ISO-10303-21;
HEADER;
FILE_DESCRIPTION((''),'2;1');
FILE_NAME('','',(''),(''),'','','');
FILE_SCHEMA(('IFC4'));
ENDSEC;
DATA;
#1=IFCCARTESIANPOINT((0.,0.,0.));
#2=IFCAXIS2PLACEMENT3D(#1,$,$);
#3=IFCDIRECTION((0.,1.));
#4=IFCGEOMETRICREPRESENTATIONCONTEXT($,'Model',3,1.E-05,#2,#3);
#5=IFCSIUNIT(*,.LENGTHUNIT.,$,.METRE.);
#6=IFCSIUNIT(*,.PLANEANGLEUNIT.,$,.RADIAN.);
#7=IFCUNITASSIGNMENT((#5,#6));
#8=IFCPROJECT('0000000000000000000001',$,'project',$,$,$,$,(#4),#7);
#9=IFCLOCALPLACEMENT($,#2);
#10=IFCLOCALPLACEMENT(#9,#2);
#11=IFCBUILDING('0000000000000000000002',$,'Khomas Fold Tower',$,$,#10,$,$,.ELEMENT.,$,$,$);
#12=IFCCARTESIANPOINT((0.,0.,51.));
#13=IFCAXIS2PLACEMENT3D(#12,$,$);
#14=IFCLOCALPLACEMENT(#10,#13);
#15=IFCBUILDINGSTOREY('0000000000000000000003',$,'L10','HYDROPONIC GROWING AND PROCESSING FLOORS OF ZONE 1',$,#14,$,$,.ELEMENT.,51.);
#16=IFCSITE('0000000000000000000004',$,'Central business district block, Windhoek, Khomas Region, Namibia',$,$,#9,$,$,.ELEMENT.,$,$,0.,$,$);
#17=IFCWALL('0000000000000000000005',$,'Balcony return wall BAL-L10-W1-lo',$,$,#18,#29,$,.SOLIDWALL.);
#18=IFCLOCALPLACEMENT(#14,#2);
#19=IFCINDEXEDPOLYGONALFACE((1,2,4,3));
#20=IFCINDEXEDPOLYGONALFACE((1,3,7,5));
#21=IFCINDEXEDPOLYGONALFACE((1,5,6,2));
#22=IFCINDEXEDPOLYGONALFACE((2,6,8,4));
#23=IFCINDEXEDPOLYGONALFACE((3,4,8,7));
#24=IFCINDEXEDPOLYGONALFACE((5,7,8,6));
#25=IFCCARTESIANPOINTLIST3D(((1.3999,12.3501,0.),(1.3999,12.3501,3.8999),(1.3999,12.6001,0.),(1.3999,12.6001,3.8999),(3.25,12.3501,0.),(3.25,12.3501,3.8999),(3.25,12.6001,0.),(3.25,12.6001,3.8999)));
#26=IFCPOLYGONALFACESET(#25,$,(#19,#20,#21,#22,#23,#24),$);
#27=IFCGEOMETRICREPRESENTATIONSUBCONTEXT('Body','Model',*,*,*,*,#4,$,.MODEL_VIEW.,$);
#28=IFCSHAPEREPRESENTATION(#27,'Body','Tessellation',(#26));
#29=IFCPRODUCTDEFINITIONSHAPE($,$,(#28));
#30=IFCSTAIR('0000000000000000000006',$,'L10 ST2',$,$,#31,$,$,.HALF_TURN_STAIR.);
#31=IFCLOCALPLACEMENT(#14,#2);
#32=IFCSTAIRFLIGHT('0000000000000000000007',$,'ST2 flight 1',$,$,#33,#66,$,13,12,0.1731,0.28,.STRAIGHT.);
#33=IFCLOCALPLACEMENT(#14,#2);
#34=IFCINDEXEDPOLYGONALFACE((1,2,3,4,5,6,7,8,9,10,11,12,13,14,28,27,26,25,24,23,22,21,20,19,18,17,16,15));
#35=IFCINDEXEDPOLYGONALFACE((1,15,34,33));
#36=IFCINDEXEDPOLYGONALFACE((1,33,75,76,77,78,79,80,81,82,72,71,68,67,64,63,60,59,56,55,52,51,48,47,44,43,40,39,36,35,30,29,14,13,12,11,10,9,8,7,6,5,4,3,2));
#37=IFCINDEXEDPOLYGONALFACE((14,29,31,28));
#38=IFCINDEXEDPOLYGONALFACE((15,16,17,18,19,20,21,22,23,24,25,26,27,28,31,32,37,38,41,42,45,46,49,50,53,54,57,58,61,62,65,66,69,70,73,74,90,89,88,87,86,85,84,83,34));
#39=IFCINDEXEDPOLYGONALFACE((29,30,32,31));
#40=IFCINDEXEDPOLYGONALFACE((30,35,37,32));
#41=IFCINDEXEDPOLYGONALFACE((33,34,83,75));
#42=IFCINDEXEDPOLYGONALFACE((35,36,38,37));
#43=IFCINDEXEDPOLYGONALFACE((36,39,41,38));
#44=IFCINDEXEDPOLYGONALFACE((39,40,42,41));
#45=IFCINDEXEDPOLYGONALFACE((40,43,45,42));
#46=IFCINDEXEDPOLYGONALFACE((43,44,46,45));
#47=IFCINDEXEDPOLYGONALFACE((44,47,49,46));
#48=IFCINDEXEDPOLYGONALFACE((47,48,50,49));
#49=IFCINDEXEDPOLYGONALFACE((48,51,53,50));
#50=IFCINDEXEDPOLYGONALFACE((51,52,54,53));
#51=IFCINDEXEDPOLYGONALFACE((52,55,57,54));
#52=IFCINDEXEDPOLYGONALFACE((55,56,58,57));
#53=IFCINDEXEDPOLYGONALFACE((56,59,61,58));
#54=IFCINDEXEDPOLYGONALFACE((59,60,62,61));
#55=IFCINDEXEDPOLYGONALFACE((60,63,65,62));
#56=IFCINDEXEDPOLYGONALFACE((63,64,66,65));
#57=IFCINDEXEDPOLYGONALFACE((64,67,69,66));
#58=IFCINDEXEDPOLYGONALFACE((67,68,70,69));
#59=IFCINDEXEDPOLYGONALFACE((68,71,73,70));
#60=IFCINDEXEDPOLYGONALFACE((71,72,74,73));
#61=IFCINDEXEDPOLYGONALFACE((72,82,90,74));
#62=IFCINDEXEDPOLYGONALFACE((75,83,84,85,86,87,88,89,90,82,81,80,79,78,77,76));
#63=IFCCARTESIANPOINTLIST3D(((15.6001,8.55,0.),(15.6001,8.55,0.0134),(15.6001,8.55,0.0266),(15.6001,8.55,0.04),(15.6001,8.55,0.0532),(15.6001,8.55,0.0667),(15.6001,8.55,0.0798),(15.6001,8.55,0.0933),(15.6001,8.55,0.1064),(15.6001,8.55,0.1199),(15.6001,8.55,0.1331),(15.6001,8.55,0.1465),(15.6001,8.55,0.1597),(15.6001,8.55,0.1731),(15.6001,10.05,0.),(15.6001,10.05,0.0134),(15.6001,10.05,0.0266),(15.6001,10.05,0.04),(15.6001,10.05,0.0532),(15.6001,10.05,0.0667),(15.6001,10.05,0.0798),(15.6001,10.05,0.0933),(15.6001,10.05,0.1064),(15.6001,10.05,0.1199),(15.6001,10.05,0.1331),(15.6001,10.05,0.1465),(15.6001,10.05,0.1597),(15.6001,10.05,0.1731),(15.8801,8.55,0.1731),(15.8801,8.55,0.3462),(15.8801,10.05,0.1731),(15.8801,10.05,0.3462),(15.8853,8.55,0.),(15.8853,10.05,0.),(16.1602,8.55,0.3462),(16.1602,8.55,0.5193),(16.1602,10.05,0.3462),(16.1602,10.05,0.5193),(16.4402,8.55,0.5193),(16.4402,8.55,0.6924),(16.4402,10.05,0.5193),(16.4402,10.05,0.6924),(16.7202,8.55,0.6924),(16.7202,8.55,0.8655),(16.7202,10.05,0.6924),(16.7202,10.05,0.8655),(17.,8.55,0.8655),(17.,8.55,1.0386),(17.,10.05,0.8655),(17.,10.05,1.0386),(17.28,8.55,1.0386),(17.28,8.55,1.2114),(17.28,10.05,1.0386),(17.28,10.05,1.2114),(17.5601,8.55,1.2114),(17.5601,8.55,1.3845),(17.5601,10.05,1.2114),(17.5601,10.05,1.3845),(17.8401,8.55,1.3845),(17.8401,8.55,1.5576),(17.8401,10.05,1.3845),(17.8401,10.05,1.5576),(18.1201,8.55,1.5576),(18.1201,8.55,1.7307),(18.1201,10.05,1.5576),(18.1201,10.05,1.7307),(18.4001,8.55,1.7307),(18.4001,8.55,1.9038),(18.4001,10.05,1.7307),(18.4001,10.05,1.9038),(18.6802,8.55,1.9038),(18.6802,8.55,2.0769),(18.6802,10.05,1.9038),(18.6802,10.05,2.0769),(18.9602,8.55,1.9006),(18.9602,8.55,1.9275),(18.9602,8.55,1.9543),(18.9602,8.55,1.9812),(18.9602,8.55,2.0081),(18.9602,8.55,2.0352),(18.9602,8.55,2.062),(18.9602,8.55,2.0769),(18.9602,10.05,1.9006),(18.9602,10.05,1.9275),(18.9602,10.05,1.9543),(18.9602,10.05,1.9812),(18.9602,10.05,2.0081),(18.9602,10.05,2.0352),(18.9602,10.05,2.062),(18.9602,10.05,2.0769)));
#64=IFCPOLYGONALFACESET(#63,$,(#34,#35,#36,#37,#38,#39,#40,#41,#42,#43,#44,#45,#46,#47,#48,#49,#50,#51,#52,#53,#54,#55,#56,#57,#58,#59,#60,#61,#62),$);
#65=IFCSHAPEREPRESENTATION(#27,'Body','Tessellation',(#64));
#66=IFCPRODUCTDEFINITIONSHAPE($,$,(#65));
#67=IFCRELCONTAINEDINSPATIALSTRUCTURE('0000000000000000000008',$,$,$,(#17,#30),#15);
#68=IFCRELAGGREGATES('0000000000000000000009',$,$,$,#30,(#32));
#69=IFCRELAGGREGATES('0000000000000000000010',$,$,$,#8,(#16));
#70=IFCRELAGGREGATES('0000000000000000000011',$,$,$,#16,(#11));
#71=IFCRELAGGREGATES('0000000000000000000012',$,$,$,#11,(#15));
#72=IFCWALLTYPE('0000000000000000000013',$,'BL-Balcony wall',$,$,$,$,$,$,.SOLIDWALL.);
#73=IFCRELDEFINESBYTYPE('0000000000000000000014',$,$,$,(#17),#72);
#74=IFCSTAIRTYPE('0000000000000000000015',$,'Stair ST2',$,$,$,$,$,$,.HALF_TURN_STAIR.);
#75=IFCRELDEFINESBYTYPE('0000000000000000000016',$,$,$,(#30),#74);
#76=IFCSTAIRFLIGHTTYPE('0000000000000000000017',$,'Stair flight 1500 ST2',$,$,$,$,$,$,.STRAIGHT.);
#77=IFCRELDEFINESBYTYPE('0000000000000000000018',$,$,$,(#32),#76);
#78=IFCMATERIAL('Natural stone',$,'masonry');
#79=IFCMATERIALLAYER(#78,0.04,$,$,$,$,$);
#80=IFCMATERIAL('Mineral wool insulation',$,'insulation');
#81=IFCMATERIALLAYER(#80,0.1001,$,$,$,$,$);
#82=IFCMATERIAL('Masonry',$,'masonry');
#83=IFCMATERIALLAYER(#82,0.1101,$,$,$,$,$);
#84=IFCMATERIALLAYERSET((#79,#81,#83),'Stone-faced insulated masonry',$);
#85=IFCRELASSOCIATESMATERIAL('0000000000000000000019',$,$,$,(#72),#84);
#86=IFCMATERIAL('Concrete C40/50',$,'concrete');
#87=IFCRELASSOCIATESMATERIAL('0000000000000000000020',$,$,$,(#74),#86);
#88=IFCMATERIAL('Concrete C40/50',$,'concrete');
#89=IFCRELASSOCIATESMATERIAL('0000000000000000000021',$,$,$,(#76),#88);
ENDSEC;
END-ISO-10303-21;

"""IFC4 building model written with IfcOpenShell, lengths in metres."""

from ifc_helpers import new_model, si_unit, direction, frame, frame_2d, origin, place, context, subcontext, project, spatial, polyline, rectangle, outline, extrude, source, transform, mapped, material, layer, layer_set, type_object, element, aggregate, save


model = new_model("IFC4")

# Units and contexts
model_context = context("Model", 3, precision=1e-05, world=origin(), true_north=direction((0.0, 1.0)))
body_context = subcontext(model_context, "Body", "Model", "MODEL_VIEW")
ifc_project = project(units=[si_unit("LENGTHUNIT", "METRE"), si_unit("PLANEANGLEUNIT", "RADIAN")], contexts=[model_context])

# Site, building, storey
site_placement = place(None, origin())
site = spatial("IfcSite", under=ifc_project, at=site_placement, Name="Central business district block, Windhoek, Khomas Region, Namibia", CompositionType="ELEMENT", RefElevation=0.0)
building_placement = place(site_placement, origin())
building = spatial("IfcBuilding", under=site, at=building_placement, Name="Khomas Fold Tower", CompositionType="ELEMENT")
storey_placement = place(building_placement, frame((0.0, 0.0, 51.0)))
storey = spatial("IfcBuildingStorey", under=building, at=storey_placement, Name="L10", Description="HYDROPONIC GROWING AND PROCESSING FLOORS OF ZONE 1", CompositionType="ELEMENT", Elevation=51.0)

# Wall
ifc_material_1 = material(Name="Natural stone", Category="masonry")
ifc_layer_1 = layer(ifc_material_1, 0.04)
ifc_material_2 = material(Name="Mineral wool insulation", Category="insulation")
ifc_layer_2 = layer(ifc_material_2, 0.1001)
ifc_material_3 = material(Name="Masonry", Category="masonry")
ifc_layer_3 = layer(ifc_material_3, 0.1101)
ifc_layer_set_1 = layer_set([ifc_layer_1, ifc_layer_2, ifc_layer_3], Name="Stone-faced insulated masonry")
wall_type_1 = type_object("IfcWallType", Name="BL-Balcony wall", PredefinedType="SOLIDWALL", material=ifc_layer_set_1)
shared_shape_1 = source(origin(), body_context, "Body", "SweptSolid", [
    extrude(rectangle(XDim=1.8501, YDim=0.25, at=frame_2d((0.925, 0.0))), origin(), (0.0, 0.0, 1.0), 3.8999),
])
wall_1_placement = place(storey_placement, frame((1.3999, 12.4751, 0.0), z_axis=(0.0, 0.0, 1.0), x_axis=(1.0, 0.0, 0.0)))
element("IfcWall", 1, at=wall_1_placement, inside=storey, type_object=wall_type_1, Name="Balcony return wall BAL-L10-W1-lo", PredefinedType="SOLIDWALL", context=body_context, shape_type="MappedRepresentation", body=[
    mapped(shared_shape_1, transform((0.0, 0.0, 0.0))),
])

# Stair, stair flight
ifc_material_4 = material(Name="Concrete C40/50", Category="concrete")
stair_type = type_object("IfcStairType", Name="Stair ST2", PredefinedType="HALF_TURN_STAIR", material=ifc_material_4)
stair_placement = place(storey_placement, origin())
stair = element("IfcStair", 2, at=stair_placement, inside=storey, type_object=stair_type, Name="L10 ST2", PredefinedType="HALF_TURN_STAIR")
ifc_material_5 = material(Name="Concrete C40/50", Category="concrete")
stair_flight_type = type_object("IfcStairFlightType", Name="Stair flight 1500 ST2", PredefinedType="STRAIGHT", material=ifc_material_5)
shared_shape_2 = source(origin(), body_context, "Body", "SweptSolid", [
    extrude(outline(polyline([(0.0, 0.0), (0.0, 0.0134), (0.0, 0.0266), (0.0, 0.04), (0.0, 0.0532), (0.0, 0.0667), (0.0, 0.0798), (0.0, 0.0933), (0.0, 0.1064), (0.0, 0.1199), (0.0, 0.1331), (0.0, 0.1465), (0.0, 0.1597), (0.0, 0.1731), (0.28, 0.1731), (0.28, 0.3462), (0.5601, 0.3462), (0.5601, 0.5193), (0.8401, 0.5193), (0.8401, 0.6924), (1.1201, 0.6924), (1.1201, 0.8655), (1.3999, 0.8655), (1.3999, 1.0386), (1.6799, 1.0386), (1.6799, 1.2114), (1.96, 1.2114), (1.96, 1.3845), (2.24, 1.3845), (2.24, 1.5576), (2.52, 1.5576), (2.52, 1.7307), (2.8, 1.7307), (2.8, 1.9038), (3.0801, 1.9038), (3.0801, 2.0769), (3.3601, 2.0769), (3.3601, 2.25), (3.3601, 2.2231), (3.3601, 2.1963), (3.3601, 2.1694), (3.3601, 2.1426), (3.3601, 2.1157), (3.3601, 2.0889), (3.3601, 2.062), (3.3601, 2.0352), (3.3601, 2.0081), (3.3601, 1.9812), (3.3601, 1.9543), (3.3601, 1.9275), (3.3601, 1.9006), (0.2852, 0.0), (0.0, 0.0)])), frame((0.0, 0.75, 0.0), z_axis=(0.0, -1.0, 0.0), x_axis=(1.0, 0.0, 0.0)), (0.0, 0.0, 1.0), 1.5),
])
stair_flight_placement = place(storey_placement, frame((15.6001, 9.3, 0.0), z_axis=(0.0, 0.0, 1.0), x_axis=(1.0, 0.0, 0.0)))
stair_flight = element("IfcStairFlight", 3, at=stair_flight_placement, type_object=stair_flight_type, Name="ST2 flight 1", NumberOfRisers=13, NumberOfTreads=12, PredefinedType="STRAIGHT", RiserHeight=0.1731, TreadLength=0.28, context=body_context, shape_type="MappedRepresentation", body=[
    mapped(shared_shape_2, transform((0.0, 0.0, 0.0))),
])
aggregate(stair, [stair_flight])

save(model, "model.ifc")
